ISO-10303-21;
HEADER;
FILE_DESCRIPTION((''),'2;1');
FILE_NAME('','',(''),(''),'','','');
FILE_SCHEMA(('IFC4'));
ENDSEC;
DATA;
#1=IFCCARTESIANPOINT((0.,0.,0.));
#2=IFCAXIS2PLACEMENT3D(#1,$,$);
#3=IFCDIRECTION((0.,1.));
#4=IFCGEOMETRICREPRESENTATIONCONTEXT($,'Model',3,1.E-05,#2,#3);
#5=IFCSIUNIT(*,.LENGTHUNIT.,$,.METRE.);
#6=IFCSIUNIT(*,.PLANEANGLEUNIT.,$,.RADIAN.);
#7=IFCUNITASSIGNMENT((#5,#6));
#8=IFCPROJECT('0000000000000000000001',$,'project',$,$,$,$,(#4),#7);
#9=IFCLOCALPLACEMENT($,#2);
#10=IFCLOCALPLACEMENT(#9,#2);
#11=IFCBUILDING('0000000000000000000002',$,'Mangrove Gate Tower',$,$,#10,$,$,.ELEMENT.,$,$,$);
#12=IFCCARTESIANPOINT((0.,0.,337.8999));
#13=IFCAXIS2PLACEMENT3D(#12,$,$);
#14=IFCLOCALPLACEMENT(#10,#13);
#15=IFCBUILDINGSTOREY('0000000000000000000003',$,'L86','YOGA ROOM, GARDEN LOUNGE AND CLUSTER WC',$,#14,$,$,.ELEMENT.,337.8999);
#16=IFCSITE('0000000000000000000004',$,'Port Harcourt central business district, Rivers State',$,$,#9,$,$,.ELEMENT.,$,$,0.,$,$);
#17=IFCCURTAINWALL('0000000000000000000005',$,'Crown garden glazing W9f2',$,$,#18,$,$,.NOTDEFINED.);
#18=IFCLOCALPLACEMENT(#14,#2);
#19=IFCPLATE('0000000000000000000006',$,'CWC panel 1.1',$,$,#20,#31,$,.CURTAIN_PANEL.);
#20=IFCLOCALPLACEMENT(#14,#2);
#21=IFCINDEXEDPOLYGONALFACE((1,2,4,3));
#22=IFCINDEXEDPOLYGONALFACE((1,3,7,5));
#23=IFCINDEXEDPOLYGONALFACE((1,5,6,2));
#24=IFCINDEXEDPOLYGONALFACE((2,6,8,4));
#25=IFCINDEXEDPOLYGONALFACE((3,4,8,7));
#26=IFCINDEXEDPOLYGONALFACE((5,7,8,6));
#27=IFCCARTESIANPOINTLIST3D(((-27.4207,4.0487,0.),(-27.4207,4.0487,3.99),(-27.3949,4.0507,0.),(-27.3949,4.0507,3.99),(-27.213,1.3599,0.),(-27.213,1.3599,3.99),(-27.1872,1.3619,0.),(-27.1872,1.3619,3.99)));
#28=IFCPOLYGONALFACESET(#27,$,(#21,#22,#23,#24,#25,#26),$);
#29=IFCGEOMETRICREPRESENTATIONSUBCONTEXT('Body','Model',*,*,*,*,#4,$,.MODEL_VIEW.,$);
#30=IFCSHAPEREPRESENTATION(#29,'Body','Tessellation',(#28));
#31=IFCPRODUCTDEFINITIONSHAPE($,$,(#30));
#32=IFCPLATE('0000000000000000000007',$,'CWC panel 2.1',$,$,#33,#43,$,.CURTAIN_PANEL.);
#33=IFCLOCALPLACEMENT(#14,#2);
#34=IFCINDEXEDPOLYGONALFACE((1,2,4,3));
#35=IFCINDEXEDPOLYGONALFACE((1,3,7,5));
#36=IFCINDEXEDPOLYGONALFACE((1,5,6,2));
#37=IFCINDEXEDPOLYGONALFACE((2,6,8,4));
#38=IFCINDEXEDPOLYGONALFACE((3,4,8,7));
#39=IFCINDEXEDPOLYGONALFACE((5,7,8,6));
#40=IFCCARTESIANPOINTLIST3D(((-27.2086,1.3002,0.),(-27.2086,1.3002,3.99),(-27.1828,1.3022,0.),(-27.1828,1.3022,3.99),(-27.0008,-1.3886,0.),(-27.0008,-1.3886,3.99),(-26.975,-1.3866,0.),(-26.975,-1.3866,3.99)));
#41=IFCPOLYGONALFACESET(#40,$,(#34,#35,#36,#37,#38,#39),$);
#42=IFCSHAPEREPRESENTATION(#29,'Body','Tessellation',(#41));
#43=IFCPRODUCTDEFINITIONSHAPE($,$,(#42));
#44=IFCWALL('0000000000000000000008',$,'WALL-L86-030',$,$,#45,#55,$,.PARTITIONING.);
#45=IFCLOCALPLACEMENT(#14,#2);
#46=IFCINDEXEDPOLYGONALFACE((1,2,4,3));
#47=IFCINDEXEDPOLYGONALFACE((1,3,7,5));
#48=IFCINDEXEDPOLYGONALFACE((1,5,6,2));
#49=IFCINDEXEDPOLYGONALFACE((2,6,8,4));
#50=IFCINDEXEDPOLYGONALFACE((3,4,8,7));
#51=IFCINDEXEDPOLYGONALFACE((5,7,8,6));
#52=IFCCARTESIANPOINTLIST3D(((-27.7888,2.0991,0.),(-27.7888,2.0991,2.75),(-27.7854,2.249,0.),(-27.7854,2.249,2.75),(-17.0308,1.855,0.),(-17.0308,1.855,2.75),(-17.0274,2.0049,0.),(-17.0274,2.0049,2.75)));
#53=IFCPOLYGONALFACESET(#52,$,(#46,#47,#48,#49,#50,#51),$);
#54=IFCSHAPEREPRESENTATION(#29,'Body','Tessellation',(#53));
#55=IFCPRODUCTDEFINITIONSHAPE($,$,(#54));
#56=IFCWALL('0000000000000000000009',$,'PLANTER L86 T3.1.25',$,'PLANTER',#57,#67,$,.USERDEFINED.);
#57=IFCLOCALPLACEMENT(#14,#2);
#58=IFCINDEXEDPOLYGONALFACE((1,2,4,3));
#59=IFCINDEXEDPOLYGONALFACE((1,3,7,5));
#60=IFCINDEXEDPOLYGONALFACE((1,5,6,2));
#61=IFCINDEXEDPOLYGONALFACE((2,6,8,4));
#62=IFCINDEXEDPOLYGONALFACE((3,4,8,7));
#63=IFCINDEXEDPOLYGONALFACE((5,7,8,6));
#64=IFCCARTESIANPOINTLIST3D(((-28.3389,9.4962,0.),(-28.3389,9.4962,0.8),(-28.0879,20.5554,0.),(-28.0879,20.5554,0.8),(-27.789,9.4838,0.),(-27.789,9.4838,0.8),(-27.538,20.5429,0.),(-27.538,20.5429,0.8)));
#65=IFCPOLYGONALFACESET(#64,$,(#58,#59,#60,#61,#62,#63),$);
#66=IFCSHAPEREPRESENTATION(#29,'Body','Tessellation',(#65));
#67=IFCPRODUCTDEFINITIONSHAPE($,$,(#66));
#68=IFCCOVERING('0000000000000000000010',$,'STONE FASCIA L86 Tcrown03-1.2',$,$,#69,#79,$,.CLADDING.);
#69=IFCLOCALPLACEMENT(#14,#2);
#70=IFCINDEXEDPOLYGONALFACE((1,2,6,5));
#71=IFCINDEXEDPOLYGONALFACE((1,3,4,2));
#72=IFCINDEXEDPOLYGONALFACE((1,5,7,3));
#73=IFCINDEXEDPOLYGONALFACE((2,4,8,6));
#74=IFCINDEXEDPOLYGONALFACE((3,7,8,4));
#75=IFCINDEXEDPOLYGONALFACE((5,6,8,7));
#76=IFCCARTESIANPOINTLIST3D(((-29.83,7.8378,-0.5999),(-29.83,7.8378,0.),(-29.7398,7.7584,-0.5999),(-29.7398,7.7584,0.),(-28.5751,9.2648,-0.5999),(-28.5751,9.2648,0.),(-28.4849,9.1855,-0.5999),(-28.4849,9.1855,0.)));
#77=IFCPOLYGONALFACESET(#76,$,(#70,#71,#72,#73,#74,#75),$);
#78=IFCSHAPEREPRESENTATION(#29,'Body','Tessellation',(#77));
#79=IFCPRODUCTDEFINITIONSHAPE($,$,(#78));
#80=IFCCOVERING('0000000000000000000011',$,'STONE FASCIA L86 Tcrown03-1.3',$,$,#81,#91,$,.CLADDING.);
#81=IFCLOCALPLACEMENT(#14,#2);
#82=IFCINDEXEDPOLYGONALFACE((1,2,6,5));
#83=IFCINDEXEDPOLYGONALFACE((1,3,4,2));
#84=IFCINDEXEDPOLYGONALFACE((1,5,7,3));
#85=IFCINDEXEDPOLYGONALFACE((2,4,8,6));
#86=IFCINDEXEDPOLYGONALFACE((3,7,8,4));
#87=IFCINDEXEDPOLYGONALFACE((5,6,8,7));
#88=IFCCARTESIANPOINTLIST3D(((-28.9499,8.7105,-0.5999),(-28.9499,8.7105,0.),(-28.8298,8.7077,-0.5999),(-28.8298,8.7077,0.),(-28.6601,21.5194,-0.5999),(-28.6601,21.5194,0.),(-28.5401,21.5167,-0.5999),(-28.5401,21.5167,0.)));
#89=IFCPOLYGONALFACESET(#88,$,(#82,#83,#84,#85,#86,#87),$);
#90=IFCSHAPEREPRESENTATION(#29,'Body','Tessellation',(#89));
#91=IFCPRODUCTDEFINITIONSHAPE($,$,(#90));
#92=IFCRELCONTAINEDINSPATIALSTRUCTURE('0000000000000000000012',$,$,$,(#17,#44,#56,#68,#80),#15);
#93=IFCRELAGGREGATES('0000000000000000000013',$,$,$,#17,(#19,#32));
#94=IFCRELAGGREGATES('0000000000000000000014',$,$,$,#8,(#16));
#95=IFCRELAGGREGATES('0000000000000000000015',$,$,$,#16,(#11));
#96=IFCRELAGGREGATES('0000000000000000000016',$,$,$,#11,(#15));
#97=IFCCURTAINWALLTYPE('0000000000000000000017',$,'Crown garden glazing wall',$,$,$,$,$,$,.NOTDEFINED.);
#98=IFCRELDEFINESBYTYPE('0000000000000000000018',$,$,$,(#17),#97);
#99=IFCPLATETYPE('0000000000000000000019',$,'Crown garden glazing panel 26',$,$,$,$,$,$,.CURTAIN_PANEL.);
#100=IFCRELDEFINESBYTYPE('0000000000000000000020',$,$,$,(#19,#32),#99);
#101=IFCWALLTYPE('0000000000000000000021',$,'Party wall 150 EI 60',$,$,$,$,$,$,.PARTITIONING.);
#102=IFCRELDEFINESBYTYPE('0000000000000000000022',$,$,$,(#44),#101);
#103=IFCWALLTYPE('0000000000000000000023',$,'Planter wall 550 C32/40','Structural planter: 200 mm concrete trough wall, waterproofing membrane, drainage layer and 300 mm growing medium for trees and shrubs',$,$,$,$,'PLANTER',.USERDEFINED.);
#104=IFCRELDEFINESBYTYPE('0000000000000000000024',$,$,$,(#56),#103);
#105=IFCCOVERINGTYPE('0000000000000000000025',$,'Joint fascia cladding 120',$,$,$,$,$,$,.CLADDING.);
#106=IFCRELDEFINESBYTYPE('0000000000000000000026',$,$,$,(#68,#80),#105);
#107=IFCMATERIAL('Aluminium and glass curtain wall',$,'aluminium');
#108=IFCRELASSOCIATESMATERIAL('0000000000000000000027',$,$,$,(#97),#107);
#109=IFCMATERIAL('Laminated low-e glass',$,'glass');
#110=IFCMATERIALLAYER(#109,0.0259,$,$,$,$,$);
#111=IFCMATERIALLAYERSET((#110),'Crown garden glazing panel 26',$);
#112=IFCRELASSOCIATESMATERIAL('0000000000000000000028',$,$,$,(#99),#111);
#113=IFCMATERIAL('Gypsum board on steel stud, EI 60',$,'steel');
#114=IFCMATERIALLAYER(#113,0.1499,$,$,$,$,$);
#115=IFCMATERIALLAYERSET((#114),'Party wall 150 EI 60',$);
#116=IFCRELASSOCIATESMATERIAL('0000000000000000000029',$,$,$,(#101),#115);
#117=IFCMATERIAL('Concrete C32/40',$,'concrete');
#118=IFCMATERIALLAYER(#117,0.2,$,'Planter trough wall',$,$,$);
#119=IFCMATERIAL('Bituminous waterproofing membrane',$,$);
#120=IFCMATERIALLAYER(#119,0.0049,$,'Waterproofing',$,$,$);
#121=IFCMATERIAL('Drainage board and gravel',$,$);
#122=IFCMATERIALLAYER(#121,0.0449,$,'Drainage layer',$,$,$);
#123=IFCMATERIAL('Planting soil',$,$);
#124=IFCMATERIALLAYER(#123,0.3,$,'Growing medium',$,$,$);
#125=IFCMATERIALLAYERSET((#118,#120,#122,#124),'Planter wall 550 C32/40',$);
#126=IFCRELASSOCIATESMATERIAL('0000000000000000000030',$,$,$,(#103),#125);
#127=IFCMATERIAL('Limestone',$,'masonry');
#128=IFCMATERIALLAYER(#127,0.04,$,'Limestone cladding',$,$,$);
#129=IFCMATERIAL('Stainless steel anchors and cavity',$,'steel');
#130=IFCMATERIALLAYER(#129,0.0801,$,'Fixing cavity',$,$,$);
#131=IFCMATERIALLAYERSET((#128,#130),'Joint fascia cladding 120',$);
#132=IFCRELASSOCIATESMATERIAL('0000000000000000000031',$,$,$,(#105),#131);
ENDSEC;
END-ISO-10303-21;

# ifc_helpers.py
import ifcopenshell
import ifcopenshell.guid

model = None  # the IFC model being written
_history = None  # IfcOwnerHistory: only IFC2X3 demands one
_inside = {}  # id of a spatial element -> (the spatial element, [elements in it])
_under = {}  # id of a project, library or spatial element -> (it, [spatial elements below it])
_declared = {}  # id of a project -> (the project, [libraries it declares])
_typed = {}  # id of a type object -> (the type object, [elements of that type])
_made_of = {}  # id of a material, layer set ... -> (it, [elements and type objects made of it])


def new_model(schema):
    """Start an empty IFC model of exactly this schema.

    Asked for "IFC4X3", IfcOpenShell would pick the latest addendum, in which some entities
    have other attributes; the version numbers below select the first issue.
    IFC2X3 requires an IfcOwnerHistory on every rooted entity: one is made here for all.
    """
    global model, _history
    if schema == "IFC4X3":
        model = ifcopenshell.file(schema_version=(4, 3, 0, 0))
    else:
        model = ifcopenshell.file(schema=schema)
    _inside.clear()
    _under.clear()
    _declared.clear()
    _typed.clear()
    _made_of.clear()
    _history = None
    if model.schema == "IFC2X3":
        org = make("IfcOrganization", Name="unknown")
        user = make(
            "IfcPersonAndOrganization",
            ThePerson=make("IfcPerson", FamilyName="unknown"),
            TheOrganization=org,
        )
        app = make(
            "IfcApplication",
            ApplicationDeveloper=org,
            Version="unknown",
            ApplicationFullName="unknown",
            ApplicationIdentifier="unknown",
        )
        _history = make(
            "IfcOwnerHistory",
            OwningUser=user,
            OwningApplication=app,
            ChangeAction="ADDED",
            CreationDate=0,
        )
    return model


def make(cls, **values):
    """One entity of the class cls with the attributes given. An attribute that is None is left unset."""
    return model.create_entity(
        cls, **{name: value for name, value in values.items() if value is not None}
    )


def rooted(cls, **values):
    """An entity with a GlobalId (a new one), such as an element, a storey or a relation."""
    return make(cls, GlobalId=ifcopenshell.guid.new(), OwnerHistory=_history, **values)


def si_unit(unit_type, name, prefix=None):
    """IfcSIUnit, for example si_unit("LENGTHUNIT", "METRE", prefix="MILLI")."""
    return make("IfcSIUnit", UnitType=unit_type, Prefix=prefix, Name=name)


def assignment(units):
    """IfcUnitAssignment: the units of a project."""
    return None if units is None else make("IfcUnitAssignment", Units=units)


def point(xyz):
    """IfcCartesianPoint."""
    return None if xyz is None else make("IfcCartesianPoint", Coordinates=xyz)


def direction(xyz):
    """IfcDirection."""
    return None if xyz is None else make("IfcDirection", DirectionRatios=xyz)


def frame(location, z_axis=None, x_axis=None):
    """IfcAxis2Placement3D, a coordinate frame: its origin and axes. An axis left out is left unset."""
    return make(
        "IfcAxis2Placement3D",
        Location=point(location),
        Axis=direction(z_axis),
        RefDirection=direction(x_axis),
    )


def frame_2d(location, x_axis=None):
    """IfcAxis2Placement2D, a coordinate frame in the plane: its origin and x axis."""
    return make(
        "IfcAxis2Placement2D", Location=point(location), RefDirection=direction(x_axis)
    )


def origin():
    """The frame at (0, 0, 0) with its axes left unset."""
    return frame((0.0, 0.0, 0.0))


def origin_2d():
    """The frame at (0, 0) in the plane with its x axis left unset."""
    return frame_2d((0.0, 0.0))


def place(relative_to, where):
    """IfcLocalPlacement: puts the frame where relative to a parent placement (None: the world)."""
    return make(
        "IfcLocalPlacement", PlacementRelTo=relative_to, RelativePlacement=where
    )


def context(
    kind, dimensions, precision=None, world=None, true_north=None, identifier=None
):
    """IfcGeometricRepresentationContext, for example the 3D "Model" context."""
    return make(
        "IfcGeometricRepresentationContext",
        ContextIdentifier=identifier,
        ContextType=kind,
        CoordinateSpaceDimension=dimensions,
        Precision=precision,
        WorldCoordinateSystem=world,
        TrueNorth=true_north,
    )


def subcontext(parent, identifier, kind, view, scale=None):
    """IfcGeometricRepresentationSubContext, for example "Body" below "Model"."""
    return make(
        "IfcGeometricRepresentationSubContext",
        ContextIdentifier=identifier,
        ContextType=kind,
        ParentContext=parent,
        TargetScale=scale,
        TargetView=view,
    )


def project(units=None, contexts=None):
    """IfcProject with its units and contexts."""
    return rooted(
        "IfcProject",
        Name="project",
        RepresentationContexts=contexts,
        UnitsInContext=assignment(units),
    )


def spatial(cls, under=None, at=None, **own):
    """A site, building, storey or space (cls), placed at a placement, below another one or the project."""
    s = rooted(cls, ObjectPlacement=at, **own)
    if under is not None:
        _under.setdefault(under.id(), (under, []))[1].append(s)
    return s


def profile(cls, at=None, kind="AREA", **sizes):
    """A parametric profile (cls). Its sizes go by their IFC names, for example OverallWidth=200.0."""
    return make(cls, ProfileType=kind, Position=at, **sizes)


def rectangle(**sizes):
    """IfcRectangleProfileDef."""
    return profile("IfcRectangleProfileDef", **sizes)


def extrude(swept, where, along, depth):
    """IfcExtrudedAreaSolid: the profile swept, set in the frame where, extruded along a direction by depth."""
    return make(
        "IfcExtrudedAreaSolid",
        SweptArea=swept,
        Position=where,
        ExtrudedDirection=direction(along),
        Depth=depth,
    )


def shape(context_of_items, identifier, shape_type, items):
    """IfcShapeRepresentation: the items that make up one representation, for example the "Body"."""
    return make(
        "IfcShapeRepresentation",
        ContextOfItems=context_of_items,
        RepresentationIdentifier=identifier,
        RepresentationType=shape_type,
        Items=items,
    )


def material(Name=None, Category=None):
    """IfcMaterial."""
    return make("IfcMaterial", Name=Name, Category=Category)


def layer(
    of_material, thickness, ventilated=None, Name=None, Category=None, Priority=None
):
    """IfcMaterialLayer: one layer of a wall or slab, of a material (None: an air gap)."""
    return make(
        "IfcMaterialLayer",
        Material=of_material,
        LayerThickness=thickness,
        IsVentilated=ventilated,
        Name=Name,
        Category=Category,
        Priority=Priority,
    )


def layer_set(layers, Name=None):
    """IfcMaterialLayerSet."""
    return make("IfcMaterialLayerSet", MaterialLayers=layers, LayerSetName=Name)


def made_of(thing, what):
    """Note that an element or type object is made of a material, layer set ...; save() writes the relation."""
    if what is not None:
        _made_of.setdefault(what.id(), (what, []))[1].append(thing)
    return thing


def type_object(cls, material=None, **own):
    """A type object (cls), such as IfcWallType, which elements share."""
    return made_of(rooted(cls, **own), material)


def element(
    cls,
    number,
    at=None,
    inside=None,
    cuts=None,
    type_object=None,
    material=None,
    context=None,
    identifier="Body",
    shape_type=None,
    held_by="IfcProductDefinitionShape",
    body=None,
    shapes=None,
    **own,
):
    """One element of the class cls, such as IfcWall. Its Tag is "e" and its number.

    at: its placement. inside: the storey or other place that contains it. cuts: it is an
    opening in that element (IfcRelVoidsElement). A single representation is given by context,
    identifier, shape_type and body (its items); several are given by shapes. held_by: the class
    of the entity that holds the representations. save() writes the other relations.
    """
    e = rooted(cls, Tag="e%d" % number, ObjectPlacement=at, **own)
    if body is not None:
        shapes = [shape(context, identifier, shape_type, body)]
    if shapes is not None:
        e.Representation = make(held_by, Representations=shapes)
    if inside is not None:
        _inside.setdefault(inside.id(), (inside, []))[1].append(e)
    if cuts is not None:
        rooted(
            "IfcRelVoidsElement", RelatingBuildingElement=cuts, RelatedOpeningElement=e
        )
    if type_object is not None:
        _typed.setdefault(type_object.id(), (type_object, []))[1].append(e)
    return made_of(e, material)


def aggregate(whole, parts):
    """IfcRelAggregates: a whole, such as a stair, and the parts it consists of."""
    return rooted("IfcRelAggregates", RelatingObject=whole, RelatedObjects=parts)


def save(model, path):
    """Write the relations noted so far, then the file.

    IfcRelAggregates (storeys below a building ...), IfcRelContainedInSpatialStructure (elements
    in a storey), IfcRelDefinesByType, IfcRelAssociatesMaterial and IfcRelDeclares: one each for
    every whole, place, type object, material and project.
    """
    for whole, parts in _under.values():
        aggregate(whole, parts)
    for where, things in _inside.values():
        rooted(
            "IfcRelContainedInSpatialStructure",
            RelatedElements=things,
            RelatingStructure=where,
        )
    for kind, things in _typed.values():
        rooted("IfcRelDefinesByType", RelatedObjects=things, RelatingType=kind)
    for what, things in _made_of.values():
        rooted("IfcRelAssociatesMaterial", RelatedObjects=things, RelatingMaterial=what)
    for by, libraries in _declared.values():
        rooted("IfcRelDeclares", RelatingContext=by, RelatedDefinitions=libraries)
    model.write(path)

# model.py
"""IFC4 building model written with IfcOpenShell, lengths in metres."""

from ifc_helpers import new_model, si_unit, direction, frame, frame_2d, origin, origin_2d, place, context, subcontext, project, spatial, rectangle, extrude, material, layer, layer_set, type_object, element, aggregate, save


model = new_model("IFC4")

# Units and contexts
model_context = context("Model", 3, precision=1e-05, world=origin(), true_north=direction((0.0, 1.0)))
body_context = subcontext(model_context, "Body", "Model", "MODEL_VIEW")
ifc_project = project(units=[si_unit("LENGTHUNIT", "METRE"), si_unit("PLANEANGLEUNIT", "RADIAN")], contexts=[model_context])

# Site, building, storey
site_placement = place(None, origin())
site = spatial("IfcSite", under=ifc_project, at=site_placement, Name="Port Harcourt central business district, Rivers State", CompositionType="ELEMENT", RefElevation=0.0)
building_placement = place(site_placement, origin())
building = spatial("IfcBuilding", under=site, at=building_placement, Name="Mangrove Gate Tower", CompositionType="ELEMENT")
storey_placement = place(building_placement, frame((0.0, 0.0, 337.8999)))
storey = spatial("IfcBuildingStorey", under=building, at=storey_placement, Name="L86", Description="YOGA ROOM, GARDEN LOUNGE AND CLUSTER WC", CompositionType="ELEMENT", Elevation=337.8999)

# Curtain wall
ifc_material_1 = material(Name="Aluminium and glass curtain wall", Category="aluminium")
curtain_wall_type = type_object("IfcCurtainWallType", Name="Crown garden glazing wall", PredefinedType="NOTDEFINED", material=ifc_material_1)
curtain_wall_1_placement = place(storey_placement, origin())
curtain_wall_1 = element("IfcCurtainWall", 1, at=curtain_wall_1_placement, inside=storey, type_object=curtain_wall_type, Name="Crown garden glazing W9f2", PredefinedType="NOTDEFINED")

# Plates
ifc_material_2 = material(Name="Laminated low-e glass", Category="glass")
ifc_layer_1 = layer(ifc_material_2, 0.0259)
ifc_layer_set_1 = layer_set([ifc_layer_1], Name="Crown garden glazing panel 26")
plate_type = type_object("IfcPlateType", Name="Crown garden glazing panel 26", PredefinedType="CURTAIN_PANEL", material=ifc_layer_set_1)
plate_1_placement = place(storey_placement, frame((-27.304, 2.7053, 0.0), z_axis=(0.0, 0.0, 1.0), x_axis=(0.077023, -0.997029, 0.0)))
plate_1 = element("IfcPlate", 2, at=plate_1_placement, type_object=plate_type, Name="CWC panel 1.1", PredefinedType="CURTAIN_PANEL", context=body_context, shape_type="SweptSolid", body=[
    extrude(rectangle(XDim=2.6968, YDim=0.0259, at=origin_2d()), origin(), (0.0, 0.0, 1.0), 3.99),
])
plate_2_placement = place(storey_placement, frame((-27.0918, -0.0432, 0.0), z_axis=(0.0, 0.0, 1.0), x_axis=(0.077023, -0.997029, 0.0)))
plate_2 = element("IfcPlate", 3, at=plate_2_placement, type_object=plate_type, Name="CWC panel 2.1", PredefinedType="CURTAIN_PANEL", context=body_context, shape_type="SweptSolid", body=[
    extrude(rectangle(XDim=2.6968, YDim=0.0259, at=origin_2d()), origin(), (0.0, 0.0, 1.0), 3.99),
])
aggregate(curtain_wall_1, [plate_1, plate_2])

# Walls
ifc_material_3 = material(Name="Gypsum board on steel stud, EI 60", Category="steel")
ifc_layer_2 = layer(ifc_material_3, 0.1499)
ifc_layer_set_2 = layer_set([ifc_layer_2], Name="Party wall 150 EI 60")
wall_type_1 = type_object("IfcWallType", Name="Party wall 150 EI 60", PredefinedType="PARTITIONING", material=ifc_layer_set_2)
wall_1_placement = place(storey_placement, frame((-27.7871, 2.1741, 0.0), z_axis=(0.0, 0.0, 1.0), x_axis=(0.999743, -0.022688, 0.0)))
element("IfcWall", 4, at=wall_1_placement, inside=storey, type_object=wall_type_1, Name="WALL-L86-030", PredefinedType="PARTITIONING", context=body_context, shape_type="SweptSolid", body=[
    extrude(rectangle(XDim=10.7607, YDim=0.1499, at=frame_2d((5.3804, 0.0))), origin(), (0.0, 0.0, 1.0), 2.75),
])
ifc_material_4 = material(Name="Concrete C32/40", Category="concrete")
ifc_layer_3 = layer(ifc_material_4, 0.2, Name="Planter trough wall")
ifc_material_5 = material(Name="Bituminous waterproofing membrane")
ifc_layer_4 = layer(ifc_material_5, 0.0049, Name="Waterproofing")
ifc_material_6 = material(Name="Drainage board and gravel")
ifc_layer_5 = layer(ifc_material_6, 0.0449, Name="Drainage layer")
ifc_material_7 = material(Name="Planting soil")
ifc_layer_6 = layer(ifc_material_7, 0.3, Name="Growing medium")
ifc_layer_set_3 = layer_set([ifc_layer_3, ifc_layer_4, ifc_layer_5, ifc_layer_6], Name="Planter wall 550 C32/40")
wall_type_2 = type_object("IfcWallType", Name="Planter wall 550 C32/40", Description="Structural planter: 200 mm concrete trough wall, waterproofing membrane, drainage layer and 300 mm growing medium for trees and shrubs", ElementType="PLANTER", PredefinedType="USERDEFINED", material=ifc_layer_set_3)
wall_2_placement = place(storey_placement, frame((-28.064, 9.49, 0.0), z_axis=(0.0, 0.0, 1.0), x_axis=(0.022688, 0.999743, 0.0)))
element("IfcWall", 5, at=wall_2_placement, inside=storey, type_object=wall_type_2, Name="PLANTER L86 T3.1.25", ObjectType="PLANTER", PredefinedType="USERDEFINED", context=body_context, shape_type="SweptSolid", body=[
    extrude(rectangle(XDim=11.062, YDim=0.55, at=frame_2d((5.531, 0.0))), origin(), (0.0, 0.0, 1.0), 0.8),
])

# Coverings
ifc_material_8 = material(Name="Limestone", Category="masonry")
ifc_layer_7 = layer(ifc_material_8, 0.04, Name="Limestone cladding")
ifc_material_9 = material(Name="Stainless steel anchors and cavity", Category="steel")
ifc_layer_8 = layer(ifc_material_9, 0.0801, Name="Fixing cavity")
ifc_layer_set_4 = layer_set([ifc_layer_7, ifc_layer_8], Name="Joint fascia cladding 120")
covering_type = type_object("IfcCoveringType", Name="Joint fascia cladding 120", PredefinedType="CLADDING", material=ifc_layer_set_4)
covering_1_placement = place(storey_placement, frame((-29.7849, 7.7981, -0.5999), z_axis=(0.0, 0.0, 1.0), x_axis=(0.660367, 0.750943, 0.0)))
element("IfcCovering", 6, at=covering_1_placement, inside=storey, type_object=covering_type, Name="STONE FASCIA L86 Tcrown03-1.2", PredefinedType="CLADDING", context=body_context, shape_type="SweptSolid", body=[
    extrude(rectangle(XDim=1.9004, YDim=0.1201, at=frame_2d((0.9502, 0.0))), origin(), (0.0, 0.0, 1.0), 0.5999),
])
covering_2_placement = place(storey_placement, frame((-28.8899, 8.709, -0.5999), z_axis=(0.0, 0.0, 1.0), x_axis=(0.022618, 0.999744, 0.0)))
element("IfcCovering", 7, at=covering_2_placement, inside=storey, type_object=covering_type, Name="STONE FASCIA L86 Tcrown03-1.3", PredefinedType="CLADDING", context=body_context, shape_type="SweptSolid", body=[
    extrude(rectangle(XDim=12.8123, YDim=0.1201, at=frame_2d((6.4062, 0.0))), origin(), (0.0, 0.0, 1.0), 0.5999),
])

save(model, "model.ifc")
